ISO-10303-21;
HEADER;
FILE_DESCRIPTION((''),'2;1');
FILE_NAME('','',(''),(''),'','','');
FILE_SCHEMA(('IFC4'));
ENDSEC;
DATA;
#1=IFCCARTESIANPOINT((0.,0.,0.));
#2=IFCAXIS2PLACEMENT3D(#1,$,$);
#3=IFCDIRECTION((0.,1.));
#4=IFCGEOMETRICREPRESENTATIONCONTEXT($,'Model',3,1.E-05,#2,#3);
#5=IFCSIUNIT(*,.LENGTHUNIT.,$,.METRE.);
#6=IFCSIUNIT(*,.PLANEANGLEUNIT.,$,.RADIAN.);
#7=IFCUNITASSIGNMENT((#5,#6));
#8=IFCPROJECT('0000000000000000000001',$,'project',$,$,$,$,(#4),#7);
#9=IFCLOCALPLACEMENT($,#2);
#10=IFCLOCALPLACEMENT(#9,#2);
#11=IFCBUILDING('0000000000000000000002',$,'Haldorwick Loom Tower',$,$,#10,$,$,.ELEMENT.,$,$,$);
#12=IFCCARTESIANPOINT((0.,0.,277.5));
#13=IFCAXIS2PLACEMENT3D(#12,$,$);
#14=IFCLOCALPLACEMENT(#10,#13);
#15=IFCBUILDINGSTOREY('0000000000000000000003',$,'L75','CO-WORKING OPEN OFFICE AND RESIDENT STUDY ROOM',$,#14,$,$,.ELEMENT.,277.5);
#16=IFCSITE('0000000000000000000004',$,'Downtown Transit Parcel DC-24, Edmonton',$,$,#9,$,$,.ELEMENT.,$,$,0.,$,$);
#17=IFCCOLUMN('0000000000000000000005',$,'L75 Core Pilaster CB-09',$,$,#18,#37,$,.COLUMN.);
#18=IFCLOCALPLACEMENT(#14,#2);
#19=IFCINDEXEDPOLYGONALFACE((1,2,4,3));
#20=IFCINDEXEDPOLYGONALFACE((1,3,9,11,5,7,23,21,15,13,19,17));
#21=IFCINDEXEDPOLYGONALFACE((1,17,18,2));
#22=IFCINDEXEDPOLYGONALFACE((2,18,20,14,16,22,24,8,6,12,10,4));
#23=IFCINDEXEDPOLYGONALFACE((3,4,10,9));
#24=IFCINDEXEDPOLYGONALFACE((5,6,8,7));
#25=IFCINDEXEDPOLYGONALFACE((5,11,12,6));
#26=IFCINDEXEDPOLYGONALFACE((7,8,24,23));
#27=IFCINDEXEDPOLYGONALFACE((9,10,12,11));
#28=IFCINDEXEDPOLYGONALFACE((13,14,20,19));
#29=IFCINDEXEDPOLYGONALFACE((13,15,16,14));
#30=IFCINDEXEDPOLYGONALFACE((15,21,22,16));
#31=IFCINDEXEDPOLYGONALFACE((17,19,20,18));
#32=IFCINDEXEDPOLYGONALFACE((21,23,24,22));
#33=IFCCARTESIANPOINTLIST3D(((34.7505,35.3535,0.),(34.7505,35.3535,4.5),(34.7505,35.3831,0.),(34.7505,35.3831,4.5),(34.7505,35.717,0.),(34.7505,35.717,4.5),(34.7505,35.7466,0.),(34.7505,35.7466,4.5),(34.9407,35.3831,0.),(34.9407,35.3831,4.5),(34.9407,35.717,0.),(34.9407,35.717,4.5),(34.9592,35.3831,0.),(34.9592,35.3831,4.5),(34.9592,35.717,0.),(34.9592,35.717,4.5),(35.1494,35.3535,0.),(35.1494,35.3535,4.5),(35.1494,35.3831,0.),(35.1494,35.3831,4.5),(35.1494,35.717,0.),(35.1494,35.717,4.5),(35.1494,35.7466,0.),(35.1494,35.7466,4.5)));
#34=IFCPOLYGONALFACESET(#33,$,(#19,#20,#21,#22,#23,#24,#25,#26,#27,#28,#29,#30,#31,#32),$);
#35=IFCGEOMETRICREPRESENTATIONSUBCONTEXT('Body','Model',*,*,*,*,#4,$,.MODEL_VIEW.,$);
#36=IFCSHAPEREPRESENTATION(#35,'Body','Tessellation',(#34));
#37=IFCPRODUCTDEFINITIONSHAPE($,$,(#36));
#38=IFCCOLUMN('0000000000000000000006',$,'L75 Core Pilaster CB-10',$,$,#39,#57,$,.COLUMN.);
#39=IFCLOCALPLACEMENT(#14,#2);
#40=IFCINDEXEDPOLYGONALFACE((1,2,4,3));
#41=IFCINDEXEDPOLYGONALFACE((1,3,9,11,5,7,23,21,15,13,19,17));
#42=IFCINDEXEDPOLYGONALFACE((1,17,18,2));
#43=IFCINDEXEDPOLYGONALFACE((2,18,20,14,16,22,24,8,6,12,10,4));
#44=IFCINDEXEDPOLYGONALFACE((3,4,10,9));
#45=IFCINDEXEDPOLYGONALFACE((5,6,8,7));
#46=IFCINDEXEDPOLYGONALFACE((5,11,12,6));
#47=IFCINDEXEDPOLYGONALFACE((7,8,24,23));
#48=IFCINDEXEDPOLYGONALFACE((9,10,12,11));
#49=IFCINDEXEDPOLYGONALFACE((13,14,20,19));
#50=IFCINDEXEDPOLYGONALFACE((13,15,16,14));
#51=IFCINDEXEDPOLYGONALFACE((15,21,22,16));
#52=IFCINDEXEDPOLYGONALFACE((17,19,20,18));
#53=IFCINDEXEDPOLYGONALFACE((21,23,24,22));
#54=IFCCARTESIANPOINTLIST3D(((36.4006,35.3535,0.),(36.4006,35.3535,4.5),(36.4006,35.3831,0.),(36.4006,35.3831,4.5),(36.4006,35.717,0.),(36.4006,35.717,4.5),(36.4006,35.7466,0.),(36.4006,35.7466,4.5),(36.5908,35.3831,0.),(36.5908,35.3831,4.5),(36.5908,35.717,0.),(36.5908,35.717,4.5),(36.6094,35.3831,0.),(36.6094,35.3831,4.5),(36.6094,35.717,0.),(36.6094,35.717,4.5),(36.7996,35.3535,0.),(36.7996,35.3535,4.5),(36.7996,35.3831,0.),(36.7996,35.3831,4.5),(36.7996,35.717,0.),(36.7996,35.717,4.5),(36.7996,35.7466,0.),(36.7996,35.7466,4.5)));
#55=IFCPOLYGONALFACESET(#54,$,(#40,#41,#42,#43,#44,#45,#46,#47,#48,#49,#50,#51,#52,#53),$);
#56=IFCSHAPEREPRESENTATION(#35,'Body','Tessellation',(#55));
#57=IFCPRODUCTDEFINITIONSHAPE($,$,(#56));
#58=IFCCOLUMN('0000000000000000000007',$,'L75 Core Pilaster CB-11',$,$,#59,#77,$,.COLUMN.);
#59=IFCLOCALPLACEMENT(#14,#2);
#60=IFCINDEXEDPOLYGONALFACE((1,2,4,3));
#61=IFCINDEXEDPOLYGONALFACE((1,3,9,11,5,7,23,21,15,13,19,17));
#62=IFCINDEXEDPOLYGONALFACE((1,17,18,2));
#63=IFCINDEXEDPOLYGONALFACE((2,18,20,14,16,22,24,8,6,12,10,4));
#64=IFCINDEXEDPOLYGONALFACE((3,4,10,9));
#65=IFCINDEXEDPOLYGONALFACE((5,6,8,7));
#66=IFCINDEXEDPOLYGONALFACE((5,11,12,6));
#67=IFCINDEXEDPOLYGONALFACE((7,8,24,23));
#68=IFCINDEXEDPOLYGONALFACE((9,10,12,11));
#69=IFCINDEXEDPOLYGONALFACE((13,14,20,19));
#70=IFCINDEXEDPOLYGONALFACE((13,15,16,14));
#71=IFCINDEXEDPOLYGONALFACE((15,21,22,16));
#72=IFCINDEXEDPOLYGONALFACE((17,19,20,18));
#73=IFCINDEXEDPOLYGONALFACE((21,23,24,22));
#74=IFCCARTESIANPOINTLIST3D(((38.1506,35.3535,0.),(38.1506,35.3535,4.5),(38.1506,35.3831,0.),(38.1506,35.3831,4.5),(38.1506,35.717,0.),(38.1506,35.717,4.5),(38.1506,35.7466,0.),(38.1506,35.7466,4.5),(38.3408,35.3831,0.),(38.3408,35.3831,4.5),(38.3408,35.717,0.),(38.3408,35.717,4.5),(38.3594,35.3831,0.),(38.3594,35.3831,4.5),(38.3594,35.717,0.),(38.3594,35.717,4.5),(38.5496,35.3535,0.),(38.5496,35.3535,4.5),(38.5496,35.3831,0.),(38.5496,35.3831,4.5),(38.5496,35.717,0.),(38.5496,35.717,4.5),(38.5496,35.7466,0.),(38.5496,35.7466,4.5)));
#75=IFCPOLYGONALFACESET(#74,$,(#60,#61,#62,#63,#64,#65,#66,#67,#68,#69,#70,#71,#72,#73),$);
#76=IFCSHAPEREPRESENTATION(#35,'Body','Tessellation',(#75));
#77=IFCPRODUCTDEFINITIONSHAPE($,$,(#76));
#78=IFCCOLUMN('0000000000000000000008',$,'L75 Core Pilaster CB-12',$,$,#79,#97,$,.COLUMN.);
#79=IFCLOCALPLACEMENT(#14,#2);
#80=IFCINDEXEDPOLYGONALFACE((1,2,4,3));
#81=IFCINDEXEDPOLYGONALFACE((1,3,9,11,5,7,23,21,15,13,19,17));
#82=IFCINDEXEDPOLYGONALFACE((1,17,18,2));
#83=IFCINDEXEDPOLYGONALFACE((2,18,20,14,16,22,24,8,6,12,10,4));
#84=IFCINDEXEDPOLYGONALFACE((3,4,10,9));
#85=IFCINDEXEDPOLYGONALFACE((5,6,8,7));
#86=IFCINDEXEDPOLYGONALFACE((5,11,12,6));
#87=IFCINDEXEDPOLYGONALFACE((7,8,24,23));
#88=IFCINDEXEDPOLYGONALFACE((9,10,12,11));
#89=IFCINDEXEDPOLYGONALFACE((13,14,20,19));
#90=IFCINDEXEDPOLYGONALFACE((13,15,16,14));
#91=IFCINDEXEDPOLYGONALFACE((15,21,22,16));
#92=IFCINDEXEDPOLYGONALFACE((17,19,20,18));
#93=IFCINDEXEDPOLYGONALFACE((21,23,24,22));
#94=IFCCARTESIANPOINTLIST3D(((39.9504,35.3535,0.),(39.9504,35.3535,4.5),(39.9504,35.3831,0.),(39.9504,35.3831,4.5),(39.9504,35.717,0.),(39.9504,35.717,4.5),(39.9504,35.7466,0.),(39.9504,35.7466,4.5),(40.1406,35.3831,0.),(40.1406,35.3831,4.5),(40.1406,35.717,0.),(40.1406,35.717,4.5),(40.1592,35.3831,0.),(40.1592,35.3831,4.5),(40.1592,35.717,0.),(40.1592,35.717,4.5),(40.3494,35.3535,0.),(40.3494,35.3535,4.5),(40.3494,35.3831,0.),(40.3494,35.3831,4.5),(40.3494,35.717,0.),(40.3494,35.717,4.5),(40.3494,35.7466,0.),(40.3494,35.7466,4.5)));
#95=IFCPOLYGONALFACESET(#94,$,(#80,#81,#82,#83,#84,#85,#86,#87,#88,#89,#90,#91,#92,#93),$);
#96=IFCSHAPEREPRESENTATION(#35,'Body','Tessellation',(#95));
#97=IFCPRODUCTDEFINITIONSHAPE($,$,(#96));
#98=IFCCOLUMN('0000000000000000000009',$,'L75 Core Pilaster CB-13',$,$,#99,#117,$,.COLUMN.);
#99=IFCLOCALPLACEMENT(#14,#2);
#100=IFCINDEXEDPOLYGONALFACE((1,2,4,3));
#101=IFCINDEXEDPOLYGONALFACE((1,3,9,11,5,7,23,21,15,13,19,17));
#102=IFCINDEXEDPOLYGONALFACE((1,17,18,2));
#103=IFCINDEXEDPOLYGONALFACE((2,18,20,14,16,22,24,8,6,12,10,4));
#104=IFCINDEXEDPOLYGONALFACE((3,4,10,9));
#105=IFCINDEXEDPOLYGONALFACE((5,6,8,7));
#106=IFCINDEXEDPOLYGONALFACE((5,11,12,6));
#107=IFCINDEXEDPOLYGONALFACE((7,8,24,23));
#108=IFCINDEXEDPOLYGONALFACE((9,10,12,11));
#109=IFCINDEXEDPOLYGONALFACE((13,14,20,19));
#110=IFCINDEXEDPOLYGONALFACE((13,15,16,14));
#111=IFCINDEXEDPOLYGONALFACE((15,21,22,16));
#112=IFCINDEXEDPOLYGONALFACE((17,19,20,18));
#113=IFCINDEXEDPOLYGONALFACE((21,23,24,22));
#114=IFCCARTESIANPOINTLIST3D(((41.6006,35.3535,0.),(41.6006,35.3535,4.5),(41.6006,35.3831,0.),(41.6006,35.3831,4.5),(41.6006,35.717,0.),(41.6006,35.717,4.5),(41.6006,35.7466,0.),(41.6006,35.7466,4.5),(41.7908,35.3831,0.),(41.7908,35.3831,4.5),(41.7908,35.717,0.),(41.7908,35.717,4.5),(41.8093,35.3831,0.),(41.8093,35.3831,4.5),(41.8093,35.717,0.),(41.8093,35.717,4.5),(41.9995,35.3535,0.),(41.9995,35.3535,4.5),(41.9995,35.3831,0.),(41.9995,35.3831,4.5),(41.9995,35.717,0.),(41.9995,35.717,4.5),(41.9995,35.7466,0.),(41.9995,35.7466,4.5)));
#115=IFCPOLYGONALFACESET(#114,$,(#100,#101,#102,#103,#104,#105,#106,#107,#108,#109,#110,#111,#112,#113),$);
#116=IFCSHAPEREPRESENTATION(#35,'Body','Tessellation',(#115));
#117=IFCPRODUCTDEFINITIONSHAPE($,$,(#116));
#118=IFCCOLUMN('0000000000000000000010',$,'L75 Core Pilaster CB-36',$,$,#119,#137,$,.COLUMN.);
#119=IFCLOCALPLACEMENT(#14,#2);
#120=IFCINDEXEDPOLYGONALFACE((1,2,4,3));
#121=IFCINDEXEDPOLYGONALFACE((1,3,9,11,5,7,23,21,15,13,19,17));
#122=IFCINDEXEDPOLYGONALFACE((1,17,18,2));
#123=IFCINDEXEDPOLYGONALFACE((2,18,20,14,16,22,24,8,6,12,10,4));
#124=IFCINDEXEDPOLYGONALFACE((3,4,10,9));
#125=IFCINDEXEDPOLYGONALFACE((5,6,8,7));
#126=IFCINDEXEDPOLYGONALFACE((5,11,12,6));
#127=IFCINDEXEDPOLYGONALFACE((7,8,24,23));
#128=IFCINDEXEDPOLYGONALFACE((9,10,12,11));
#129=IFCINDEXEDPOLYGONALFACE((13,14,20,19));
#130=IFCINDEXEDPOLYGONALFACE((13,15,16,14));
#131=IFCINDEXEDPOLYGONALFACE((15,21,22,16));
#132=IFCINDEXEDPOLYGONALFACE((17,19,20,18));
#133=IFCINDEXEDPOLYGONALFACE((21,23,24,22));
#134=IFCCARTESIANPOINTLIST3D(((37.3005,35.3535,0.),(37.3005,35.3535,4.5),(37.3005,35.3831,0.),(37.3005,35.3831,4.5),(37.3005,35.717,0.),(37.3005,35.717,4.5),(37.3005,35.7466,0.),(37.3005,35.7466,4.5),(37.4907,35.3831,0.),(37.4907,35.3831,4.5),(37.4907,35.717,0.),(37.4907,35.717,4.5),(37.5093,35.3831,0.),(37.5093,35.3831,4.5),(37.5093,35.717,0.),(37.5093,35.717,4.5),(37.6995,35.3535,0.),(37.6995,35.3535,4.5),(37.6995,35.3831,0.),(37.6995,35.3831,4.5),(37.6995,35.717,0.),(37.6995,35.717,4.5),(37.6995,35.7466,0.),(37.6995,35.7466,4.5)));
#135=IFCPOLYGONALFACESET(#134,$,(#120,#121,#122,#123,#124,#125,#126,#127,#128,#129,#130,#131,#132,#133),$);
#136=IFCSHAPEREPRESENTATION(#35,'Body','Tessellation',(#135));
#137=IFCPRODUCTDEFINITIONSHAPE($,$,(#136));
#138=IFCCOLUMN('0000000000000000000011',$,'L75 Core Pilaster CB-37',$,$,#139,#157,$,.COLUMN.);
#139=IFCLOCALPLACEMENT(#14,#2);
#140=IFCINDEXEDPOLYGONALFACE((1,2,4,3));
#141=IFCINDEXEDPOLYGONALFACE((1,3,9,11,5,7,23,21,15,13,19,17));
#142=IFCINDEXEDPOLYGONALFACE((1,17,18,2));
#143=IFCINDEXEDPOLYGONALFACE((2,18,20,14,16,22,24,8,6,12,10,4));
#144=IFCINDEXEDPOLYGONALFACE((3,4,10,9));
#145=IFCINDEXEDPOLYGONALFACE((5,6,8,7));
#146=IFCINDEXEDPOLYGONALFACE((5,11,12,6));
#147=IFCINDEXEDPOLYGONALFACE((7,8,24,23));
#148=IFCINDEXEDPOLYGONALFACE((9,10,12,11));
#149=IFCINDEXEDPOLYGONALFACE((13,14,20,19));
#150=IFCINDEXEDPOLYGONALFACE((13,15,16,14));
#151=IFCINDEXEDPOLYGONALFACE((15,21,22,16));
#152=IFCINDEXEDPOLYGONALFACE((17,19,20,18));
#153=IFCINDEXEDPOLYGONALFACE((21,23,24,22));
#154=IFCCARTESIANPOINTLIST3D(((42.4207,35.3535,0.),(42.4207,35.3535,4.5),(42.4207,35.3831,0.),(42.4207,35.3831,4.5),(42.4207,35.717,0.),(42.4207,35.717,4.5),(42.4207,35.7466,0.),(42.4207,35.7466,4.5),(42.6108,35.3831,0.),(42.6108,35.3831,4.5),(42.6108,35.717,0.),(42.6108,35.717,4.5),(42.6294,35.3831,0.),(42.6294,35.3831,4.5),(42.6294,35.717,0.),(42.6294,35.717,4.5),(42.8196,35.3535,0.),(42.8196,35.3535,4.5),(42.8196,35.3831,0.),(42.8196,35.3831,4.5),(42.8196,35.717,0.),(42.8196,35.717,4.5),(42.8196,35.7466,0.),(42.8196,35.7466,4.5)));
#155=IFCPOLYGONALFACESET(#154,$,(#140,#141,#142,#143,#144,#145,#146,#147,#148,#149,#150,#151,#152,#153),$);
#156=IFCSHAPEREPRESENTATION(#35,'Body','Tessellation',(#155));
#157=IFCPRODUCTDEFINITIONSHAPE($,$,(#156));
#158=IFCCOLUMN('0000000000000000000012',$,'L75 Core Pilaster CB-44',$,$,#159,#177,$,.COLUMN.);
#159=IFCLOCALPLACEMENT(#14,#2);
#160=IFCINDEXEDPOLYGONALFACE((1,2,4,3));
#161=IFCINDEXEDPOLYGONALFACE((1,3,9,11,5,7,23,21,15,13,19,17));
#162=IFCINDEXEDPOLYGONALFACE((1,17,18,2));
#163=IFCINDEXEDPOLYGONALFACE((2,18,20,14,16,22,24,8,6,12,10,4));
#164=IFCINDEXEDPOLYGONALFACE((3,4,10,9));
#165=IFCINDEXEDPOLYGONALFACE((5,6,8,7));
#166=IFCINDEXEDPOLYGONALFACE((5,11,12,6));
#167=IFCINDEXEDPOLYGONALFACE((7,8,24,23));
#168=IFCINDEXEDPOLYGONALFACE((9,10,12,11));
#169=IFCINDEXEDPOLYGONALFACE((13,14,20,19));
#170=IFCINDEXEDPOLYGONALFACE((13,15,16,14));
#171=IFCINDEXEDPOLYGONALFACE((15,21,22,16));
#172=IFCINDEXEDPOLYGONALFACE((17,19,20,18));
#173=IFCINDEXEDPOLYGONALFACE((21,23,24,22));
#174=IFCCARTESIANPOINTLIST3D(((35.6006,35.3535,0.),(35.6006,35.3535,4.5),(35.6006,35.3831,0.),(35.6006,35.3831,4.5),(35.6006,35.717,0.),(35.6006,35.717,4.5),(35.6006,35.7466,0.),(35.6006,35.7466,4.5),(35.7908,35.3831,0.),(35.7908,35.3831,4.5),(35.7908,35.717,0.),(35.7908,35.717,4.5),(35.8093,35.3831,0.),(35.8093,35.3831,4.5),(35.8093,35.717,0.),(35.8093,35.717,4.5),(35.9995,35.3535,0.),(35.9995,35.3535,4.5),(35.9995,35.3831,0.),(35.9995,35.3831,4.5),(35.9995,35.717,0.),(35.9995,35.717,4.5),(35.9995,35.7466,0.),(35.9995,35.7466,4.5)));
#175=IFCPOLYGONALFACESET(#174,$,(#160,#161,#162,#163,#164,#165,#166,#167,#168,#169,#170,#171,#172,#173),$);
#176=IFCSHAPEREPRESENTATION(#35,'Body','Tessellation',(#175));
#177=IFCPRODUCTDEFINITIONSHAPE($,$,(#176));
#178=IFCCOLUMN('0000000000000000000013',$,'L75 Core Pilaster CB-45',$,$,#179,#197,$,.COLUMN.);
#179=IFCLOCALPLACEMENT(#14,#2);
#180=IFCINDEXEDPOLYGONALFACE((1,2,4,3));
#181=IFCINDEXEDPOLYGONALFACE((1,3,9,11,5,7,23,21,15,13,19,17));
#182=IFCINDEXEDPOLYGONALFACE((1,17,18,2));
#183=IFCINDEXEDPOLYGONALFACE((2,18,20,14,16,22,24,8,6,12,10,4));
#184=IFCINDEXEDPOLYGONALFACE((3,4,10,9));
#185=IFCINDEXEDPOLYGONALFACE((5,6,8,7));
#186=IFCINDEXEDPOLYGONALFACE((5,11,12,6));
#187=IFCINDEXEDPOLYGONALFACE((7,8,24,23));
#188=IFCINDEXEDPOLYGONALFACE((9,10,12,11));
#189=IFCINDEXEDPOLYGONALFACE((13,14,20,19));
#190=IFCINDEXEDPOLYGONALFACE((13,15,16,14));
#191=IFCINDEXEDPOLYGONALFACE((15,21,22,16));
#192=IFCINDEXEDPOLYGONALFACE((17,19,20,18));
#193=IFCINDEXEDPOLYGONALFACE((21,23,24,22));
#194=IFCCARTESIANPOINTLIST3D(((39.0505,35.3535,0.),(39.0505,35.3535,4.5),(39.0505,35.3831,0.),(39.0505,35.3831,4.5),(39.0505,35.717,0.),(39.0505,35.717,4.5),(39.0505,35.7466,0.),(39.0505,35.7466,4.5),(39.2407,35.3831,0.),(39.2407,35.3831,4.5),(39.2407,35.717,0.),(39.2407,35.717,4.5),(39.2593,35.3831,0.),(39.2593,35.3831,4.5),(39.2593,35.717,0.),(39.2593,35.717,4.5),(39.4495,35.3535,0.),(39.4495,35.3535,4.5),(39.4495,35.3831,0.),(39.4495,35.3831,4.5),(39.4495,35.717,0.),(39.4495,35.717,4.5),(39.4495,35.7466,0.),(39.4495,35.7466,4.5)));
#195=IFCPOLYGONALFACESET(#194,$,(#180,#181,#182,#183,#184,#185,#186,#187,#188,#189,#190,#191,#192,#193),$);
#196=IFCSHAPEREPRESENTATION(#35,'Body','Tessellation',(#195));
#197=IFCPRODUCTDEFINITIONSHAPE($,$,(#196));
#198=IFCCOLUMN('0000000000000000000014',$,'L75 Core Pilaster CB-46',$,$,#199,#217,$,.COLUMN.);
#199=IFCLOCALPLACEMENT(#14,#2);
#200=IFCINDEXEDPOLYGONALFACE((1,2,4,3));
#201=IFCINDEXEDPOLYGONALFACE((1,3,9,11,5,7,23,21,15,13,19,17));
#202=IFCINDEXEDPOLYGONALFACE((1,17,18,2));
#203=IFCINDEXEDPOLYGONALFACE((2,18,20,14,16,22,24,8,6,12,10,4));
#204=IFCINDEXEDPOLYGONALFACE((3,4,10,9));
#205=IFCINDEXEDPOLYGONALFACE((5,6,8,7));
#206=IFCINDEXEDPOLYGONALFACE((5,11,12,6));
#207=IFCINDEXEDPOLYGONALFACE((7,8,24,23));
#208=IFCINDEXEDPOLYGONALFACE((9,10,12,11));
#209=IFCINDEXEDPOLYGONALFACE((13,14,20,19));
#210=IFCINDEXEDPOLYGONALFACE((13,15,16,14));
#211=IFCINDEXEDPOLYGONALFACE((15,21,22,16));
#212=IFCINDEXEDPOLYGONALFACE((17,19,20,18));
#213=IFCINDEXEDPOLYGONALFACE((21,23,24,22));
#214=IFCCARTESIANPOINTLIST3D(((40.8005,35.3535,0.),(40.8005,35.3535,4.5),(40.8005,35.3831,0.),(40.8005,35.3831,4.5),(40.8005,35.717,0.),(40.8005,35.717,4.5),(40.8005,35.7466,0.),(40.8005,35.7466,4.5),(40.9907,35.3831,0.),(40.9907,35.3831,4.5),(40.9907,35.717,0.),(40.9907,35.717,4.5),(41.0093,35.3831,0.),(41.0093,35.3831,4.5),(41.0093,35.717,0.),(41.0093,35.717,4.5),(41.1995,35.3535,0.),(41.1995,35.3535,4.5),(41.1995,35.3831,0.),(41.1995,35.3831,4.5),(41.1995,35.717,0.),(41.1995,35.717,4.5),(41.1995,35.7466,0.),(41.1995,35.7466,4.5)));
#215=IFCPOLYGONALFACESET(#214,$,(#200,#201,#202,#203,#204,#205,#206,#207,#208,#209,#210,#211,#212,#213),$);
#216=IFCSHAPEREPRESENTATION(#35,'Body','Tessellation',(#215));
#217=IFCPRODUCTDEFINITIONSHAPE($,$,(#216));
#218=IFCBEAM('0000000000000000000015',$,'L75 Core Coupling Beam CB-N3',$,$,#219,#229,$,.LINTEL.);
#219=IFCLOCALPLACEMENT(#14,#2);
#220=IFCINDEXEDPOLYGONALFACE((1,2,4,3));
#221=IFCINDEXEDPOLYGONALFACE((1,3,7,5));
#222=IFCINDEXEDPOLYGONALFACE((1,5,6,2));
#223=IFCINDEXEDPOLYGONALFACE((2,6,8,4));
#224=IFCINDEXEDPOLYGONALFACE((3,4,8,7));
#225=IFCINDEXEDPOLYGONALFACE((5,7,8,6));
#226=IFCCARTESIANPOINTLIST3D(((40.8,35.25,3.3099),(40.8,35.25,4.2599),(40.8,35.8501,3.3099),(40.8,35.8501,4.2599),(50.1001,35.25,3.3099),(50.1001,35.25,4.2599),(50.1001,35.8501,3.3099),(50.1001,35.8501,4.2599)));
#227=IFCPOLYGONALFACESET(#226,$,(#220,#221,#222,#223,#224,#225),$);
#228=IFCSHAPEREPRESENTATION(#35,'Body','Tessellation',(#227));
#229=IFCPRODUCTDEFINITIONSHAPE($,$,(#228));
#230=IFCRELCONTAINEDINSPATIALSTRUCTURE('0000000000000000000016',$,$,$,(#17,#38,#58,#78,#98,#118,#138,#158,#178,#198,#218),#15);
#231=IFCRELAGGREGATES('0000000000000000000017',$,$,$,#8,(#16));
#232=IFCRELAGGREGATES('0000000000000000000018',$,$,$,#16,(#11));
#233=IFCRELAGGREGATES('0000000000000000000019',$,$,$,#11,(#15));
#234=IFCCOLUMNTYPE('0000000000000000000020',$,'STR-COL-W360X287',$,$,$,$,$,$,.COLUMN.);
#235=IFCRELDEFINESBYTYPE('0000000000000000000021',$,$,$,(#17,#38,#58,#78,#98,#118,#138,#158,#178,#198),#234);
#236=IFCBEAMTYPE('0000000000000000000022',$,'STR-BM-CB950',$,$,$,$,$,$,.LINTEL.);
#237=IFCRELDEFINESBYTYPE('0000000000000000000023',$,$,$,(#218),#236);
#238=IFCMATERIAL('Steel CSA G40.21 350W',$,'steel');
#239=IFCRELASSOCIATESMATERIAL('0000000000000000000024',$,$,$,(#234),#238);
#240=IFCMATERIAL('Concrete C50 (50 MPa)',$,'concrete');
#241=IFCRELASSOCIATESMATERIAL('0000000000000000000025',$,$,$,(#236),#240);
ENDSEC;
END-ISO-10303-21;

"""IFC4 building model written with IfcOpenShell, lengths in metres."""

from ifc_helpers import new_model, si_unit, direction, frame, origin, origin_2d, place, context, subcontext, project, spatial, rectangle, i_section, extrude, material, material_profile, profile_set, type_object, element, save


model = new_model("IFC4")

# Units and contexts
model_context = context("Model", 3, precision=1e-05, world=origin(), true_north=direction((0.0, 1.0)))
body_context = subcontext(model_context, "Body", "Model", "MODEL_VIEW")
ifc_project = project(units=[si_unit("LENGTHUNIT", "METRE"), si_unit("PLANEANGLEUNIT", "RADIAN")], contexts=[model_context])

# Site, building, storey
site_placement = place(None, origin())
site = spatial("IfcSite", under=ifc_project, at=site_placement, Name="Downtown Transit Parcel DC-24, Edmonton", CompositionType="ELEMENT", RefElevation=0.0)
building_placement = place(site_placement, origin())
building = spatial("IfcBuilding", under=site, at=building_placement, Name="Haldorwick Loom Tower", CompositionType="ELEMENT")
storey_placement = place(building_placement, frame((0.0, 0.0, 277.5)))
storey = spatial("IfcBuildingStorey", under=building, at=storey_placement, Name="L75", Description="CO-WORKING OPEN OFFICE AND RESIDENT STUDY ROOM", CompositionType="ELEMENT", Elevation=277.5)

# Columns
ifc_material_1 = material(Name="Steel CSA G40.21 350W", Category="steel")
ifc_material_profile_1 = material_profile(ifc_material_1, i_section(OverallWidth=0.3989, OverallDepth=0.3931, WebThickness=0.0186, FlangeThickness=0.0295, at=origin_2d()), Name="W360X287", Category="steel")
ifc_profile_set_1 = profile_set([ifc_material_profile_1], Name="Steel CSA G40.21 350W")
column_type = type_object("IfcColumnType", Name="STR-COL-W360X287", PredefinedType="COLUMN", material=ifc_profile_set_1)
for number, where, z_axis, x_axis, name in (
    (1, (34.95, 35.55, 0.0), (0.0, 0.0, 1.0), (1.0, 0.0, 0.0), "L75 Core Pilaster CB-09"),
    (2, (36.6001, 35.55, 0.0), (0.0, 0.0, 1.0), (1.0, 0.0, 0.0), "L75 Core Pilaster CB-10"),
    (3, (38.3501, 35.55, 0.0), (0.0, 0.0, 1.0), (1.0, 0.0, 0.0), "L75 Core Pilaster CB-11"),
    (4, (40.1499, 35.55, 0.0), (0.0, 0.0, 1.0), (1.0, 0.0, 0.0), "L75 Core Pilaster CB-12"),
    (5, (41.8, 35.55, 0.0), (0.0, 0.0, 1.0), (1.0, 0.0, 0.0), "L75 Core Pilaster CB-13"),
    (6, (37.5, 35.55, 0.0), (0.0, 0.0, 1.0), (1.0, 0.0, 0.0), "L75 Core Pilaster CB-36"),
    (7, (42.6201, 35.55, 0.0), (0.0, 0.0, 1.0), (1.0, 0.0, 0.0), "L75 Core Pilaster CB-37"),
    (8, (35.8, 35.55, 0.0), (0.0, 0.0, 1.0), (1.0, 0.0, 0.0), "L75 Core Pilaster CB-44"),
    (9, (39.25, 35.55, 0.0), (0.0, 0.0, 1.0), (1.0, 0.0, 0.0), "L75 Core Pilaster CB-45"),
    (10, (41.0, 35.55, 0.0), (0.0, 0.0, 1.0), (1.0, 0.0, 0.0), "L75 Core Pilaster CB-46"),
):
    element("IfcColumn", number, at=place(storey_placement, frame(where, z_axis=z_axis, x_axis=x_axis)), inside=storey, type_object=column_type, Name=name, PredefinedType="COLUMN", context=body_context, shape_type="SweptSolid", body=[
        extrude(i_section(OverallWidth=0.3989, OverallDepth=0.3931, WebThickness=0.0186, FlangeThickness=0.0295, at=origin_2d()), origin(), (0.0, 0.0, 1.0), 4.5),
    ])

# Beam
ifc_material_2 = material(Name="Concrete C50 (50 MPa)", Category="concrete")
ifc_material_profile_2 = material_profile(ifc_material_2, rectangle(XDim=0.6001, YDim=0.95, at=origin_2d()), Name="RC600X950", Category="concrete")
ifc_profile_set_2 = profile_set([ifc_material_profile_2], Name="Concrete C50 (50 MPa)")
beam_type = type_object("IfcBeamType", Name="STR-BM-CB950", PredefinedType="LINTEL", material=ifc_profile_set_2)
beam_placement = place(storey_placement, frame((40.8, 35.55, 3.7849), z_axis=(1.0, 0.0, 0.0), x_axis=(0.0, 1.0, 0.0)))
element("IfcBeam", 11, at=beam_placement, inside=storey, type_object=beam_type, Name="L75 Core Coupling Beam CB-N3", PredefinedType="LINTEL", context=body_context, shape_type="SweptSolid", body=[
    extrude(rectangle(XDim=0.6001, YDim=0.95, at=origin_2d()), origin(), (0.0, 0.0, 1.0), 9.3),
])

save(model, "model.ifc")
